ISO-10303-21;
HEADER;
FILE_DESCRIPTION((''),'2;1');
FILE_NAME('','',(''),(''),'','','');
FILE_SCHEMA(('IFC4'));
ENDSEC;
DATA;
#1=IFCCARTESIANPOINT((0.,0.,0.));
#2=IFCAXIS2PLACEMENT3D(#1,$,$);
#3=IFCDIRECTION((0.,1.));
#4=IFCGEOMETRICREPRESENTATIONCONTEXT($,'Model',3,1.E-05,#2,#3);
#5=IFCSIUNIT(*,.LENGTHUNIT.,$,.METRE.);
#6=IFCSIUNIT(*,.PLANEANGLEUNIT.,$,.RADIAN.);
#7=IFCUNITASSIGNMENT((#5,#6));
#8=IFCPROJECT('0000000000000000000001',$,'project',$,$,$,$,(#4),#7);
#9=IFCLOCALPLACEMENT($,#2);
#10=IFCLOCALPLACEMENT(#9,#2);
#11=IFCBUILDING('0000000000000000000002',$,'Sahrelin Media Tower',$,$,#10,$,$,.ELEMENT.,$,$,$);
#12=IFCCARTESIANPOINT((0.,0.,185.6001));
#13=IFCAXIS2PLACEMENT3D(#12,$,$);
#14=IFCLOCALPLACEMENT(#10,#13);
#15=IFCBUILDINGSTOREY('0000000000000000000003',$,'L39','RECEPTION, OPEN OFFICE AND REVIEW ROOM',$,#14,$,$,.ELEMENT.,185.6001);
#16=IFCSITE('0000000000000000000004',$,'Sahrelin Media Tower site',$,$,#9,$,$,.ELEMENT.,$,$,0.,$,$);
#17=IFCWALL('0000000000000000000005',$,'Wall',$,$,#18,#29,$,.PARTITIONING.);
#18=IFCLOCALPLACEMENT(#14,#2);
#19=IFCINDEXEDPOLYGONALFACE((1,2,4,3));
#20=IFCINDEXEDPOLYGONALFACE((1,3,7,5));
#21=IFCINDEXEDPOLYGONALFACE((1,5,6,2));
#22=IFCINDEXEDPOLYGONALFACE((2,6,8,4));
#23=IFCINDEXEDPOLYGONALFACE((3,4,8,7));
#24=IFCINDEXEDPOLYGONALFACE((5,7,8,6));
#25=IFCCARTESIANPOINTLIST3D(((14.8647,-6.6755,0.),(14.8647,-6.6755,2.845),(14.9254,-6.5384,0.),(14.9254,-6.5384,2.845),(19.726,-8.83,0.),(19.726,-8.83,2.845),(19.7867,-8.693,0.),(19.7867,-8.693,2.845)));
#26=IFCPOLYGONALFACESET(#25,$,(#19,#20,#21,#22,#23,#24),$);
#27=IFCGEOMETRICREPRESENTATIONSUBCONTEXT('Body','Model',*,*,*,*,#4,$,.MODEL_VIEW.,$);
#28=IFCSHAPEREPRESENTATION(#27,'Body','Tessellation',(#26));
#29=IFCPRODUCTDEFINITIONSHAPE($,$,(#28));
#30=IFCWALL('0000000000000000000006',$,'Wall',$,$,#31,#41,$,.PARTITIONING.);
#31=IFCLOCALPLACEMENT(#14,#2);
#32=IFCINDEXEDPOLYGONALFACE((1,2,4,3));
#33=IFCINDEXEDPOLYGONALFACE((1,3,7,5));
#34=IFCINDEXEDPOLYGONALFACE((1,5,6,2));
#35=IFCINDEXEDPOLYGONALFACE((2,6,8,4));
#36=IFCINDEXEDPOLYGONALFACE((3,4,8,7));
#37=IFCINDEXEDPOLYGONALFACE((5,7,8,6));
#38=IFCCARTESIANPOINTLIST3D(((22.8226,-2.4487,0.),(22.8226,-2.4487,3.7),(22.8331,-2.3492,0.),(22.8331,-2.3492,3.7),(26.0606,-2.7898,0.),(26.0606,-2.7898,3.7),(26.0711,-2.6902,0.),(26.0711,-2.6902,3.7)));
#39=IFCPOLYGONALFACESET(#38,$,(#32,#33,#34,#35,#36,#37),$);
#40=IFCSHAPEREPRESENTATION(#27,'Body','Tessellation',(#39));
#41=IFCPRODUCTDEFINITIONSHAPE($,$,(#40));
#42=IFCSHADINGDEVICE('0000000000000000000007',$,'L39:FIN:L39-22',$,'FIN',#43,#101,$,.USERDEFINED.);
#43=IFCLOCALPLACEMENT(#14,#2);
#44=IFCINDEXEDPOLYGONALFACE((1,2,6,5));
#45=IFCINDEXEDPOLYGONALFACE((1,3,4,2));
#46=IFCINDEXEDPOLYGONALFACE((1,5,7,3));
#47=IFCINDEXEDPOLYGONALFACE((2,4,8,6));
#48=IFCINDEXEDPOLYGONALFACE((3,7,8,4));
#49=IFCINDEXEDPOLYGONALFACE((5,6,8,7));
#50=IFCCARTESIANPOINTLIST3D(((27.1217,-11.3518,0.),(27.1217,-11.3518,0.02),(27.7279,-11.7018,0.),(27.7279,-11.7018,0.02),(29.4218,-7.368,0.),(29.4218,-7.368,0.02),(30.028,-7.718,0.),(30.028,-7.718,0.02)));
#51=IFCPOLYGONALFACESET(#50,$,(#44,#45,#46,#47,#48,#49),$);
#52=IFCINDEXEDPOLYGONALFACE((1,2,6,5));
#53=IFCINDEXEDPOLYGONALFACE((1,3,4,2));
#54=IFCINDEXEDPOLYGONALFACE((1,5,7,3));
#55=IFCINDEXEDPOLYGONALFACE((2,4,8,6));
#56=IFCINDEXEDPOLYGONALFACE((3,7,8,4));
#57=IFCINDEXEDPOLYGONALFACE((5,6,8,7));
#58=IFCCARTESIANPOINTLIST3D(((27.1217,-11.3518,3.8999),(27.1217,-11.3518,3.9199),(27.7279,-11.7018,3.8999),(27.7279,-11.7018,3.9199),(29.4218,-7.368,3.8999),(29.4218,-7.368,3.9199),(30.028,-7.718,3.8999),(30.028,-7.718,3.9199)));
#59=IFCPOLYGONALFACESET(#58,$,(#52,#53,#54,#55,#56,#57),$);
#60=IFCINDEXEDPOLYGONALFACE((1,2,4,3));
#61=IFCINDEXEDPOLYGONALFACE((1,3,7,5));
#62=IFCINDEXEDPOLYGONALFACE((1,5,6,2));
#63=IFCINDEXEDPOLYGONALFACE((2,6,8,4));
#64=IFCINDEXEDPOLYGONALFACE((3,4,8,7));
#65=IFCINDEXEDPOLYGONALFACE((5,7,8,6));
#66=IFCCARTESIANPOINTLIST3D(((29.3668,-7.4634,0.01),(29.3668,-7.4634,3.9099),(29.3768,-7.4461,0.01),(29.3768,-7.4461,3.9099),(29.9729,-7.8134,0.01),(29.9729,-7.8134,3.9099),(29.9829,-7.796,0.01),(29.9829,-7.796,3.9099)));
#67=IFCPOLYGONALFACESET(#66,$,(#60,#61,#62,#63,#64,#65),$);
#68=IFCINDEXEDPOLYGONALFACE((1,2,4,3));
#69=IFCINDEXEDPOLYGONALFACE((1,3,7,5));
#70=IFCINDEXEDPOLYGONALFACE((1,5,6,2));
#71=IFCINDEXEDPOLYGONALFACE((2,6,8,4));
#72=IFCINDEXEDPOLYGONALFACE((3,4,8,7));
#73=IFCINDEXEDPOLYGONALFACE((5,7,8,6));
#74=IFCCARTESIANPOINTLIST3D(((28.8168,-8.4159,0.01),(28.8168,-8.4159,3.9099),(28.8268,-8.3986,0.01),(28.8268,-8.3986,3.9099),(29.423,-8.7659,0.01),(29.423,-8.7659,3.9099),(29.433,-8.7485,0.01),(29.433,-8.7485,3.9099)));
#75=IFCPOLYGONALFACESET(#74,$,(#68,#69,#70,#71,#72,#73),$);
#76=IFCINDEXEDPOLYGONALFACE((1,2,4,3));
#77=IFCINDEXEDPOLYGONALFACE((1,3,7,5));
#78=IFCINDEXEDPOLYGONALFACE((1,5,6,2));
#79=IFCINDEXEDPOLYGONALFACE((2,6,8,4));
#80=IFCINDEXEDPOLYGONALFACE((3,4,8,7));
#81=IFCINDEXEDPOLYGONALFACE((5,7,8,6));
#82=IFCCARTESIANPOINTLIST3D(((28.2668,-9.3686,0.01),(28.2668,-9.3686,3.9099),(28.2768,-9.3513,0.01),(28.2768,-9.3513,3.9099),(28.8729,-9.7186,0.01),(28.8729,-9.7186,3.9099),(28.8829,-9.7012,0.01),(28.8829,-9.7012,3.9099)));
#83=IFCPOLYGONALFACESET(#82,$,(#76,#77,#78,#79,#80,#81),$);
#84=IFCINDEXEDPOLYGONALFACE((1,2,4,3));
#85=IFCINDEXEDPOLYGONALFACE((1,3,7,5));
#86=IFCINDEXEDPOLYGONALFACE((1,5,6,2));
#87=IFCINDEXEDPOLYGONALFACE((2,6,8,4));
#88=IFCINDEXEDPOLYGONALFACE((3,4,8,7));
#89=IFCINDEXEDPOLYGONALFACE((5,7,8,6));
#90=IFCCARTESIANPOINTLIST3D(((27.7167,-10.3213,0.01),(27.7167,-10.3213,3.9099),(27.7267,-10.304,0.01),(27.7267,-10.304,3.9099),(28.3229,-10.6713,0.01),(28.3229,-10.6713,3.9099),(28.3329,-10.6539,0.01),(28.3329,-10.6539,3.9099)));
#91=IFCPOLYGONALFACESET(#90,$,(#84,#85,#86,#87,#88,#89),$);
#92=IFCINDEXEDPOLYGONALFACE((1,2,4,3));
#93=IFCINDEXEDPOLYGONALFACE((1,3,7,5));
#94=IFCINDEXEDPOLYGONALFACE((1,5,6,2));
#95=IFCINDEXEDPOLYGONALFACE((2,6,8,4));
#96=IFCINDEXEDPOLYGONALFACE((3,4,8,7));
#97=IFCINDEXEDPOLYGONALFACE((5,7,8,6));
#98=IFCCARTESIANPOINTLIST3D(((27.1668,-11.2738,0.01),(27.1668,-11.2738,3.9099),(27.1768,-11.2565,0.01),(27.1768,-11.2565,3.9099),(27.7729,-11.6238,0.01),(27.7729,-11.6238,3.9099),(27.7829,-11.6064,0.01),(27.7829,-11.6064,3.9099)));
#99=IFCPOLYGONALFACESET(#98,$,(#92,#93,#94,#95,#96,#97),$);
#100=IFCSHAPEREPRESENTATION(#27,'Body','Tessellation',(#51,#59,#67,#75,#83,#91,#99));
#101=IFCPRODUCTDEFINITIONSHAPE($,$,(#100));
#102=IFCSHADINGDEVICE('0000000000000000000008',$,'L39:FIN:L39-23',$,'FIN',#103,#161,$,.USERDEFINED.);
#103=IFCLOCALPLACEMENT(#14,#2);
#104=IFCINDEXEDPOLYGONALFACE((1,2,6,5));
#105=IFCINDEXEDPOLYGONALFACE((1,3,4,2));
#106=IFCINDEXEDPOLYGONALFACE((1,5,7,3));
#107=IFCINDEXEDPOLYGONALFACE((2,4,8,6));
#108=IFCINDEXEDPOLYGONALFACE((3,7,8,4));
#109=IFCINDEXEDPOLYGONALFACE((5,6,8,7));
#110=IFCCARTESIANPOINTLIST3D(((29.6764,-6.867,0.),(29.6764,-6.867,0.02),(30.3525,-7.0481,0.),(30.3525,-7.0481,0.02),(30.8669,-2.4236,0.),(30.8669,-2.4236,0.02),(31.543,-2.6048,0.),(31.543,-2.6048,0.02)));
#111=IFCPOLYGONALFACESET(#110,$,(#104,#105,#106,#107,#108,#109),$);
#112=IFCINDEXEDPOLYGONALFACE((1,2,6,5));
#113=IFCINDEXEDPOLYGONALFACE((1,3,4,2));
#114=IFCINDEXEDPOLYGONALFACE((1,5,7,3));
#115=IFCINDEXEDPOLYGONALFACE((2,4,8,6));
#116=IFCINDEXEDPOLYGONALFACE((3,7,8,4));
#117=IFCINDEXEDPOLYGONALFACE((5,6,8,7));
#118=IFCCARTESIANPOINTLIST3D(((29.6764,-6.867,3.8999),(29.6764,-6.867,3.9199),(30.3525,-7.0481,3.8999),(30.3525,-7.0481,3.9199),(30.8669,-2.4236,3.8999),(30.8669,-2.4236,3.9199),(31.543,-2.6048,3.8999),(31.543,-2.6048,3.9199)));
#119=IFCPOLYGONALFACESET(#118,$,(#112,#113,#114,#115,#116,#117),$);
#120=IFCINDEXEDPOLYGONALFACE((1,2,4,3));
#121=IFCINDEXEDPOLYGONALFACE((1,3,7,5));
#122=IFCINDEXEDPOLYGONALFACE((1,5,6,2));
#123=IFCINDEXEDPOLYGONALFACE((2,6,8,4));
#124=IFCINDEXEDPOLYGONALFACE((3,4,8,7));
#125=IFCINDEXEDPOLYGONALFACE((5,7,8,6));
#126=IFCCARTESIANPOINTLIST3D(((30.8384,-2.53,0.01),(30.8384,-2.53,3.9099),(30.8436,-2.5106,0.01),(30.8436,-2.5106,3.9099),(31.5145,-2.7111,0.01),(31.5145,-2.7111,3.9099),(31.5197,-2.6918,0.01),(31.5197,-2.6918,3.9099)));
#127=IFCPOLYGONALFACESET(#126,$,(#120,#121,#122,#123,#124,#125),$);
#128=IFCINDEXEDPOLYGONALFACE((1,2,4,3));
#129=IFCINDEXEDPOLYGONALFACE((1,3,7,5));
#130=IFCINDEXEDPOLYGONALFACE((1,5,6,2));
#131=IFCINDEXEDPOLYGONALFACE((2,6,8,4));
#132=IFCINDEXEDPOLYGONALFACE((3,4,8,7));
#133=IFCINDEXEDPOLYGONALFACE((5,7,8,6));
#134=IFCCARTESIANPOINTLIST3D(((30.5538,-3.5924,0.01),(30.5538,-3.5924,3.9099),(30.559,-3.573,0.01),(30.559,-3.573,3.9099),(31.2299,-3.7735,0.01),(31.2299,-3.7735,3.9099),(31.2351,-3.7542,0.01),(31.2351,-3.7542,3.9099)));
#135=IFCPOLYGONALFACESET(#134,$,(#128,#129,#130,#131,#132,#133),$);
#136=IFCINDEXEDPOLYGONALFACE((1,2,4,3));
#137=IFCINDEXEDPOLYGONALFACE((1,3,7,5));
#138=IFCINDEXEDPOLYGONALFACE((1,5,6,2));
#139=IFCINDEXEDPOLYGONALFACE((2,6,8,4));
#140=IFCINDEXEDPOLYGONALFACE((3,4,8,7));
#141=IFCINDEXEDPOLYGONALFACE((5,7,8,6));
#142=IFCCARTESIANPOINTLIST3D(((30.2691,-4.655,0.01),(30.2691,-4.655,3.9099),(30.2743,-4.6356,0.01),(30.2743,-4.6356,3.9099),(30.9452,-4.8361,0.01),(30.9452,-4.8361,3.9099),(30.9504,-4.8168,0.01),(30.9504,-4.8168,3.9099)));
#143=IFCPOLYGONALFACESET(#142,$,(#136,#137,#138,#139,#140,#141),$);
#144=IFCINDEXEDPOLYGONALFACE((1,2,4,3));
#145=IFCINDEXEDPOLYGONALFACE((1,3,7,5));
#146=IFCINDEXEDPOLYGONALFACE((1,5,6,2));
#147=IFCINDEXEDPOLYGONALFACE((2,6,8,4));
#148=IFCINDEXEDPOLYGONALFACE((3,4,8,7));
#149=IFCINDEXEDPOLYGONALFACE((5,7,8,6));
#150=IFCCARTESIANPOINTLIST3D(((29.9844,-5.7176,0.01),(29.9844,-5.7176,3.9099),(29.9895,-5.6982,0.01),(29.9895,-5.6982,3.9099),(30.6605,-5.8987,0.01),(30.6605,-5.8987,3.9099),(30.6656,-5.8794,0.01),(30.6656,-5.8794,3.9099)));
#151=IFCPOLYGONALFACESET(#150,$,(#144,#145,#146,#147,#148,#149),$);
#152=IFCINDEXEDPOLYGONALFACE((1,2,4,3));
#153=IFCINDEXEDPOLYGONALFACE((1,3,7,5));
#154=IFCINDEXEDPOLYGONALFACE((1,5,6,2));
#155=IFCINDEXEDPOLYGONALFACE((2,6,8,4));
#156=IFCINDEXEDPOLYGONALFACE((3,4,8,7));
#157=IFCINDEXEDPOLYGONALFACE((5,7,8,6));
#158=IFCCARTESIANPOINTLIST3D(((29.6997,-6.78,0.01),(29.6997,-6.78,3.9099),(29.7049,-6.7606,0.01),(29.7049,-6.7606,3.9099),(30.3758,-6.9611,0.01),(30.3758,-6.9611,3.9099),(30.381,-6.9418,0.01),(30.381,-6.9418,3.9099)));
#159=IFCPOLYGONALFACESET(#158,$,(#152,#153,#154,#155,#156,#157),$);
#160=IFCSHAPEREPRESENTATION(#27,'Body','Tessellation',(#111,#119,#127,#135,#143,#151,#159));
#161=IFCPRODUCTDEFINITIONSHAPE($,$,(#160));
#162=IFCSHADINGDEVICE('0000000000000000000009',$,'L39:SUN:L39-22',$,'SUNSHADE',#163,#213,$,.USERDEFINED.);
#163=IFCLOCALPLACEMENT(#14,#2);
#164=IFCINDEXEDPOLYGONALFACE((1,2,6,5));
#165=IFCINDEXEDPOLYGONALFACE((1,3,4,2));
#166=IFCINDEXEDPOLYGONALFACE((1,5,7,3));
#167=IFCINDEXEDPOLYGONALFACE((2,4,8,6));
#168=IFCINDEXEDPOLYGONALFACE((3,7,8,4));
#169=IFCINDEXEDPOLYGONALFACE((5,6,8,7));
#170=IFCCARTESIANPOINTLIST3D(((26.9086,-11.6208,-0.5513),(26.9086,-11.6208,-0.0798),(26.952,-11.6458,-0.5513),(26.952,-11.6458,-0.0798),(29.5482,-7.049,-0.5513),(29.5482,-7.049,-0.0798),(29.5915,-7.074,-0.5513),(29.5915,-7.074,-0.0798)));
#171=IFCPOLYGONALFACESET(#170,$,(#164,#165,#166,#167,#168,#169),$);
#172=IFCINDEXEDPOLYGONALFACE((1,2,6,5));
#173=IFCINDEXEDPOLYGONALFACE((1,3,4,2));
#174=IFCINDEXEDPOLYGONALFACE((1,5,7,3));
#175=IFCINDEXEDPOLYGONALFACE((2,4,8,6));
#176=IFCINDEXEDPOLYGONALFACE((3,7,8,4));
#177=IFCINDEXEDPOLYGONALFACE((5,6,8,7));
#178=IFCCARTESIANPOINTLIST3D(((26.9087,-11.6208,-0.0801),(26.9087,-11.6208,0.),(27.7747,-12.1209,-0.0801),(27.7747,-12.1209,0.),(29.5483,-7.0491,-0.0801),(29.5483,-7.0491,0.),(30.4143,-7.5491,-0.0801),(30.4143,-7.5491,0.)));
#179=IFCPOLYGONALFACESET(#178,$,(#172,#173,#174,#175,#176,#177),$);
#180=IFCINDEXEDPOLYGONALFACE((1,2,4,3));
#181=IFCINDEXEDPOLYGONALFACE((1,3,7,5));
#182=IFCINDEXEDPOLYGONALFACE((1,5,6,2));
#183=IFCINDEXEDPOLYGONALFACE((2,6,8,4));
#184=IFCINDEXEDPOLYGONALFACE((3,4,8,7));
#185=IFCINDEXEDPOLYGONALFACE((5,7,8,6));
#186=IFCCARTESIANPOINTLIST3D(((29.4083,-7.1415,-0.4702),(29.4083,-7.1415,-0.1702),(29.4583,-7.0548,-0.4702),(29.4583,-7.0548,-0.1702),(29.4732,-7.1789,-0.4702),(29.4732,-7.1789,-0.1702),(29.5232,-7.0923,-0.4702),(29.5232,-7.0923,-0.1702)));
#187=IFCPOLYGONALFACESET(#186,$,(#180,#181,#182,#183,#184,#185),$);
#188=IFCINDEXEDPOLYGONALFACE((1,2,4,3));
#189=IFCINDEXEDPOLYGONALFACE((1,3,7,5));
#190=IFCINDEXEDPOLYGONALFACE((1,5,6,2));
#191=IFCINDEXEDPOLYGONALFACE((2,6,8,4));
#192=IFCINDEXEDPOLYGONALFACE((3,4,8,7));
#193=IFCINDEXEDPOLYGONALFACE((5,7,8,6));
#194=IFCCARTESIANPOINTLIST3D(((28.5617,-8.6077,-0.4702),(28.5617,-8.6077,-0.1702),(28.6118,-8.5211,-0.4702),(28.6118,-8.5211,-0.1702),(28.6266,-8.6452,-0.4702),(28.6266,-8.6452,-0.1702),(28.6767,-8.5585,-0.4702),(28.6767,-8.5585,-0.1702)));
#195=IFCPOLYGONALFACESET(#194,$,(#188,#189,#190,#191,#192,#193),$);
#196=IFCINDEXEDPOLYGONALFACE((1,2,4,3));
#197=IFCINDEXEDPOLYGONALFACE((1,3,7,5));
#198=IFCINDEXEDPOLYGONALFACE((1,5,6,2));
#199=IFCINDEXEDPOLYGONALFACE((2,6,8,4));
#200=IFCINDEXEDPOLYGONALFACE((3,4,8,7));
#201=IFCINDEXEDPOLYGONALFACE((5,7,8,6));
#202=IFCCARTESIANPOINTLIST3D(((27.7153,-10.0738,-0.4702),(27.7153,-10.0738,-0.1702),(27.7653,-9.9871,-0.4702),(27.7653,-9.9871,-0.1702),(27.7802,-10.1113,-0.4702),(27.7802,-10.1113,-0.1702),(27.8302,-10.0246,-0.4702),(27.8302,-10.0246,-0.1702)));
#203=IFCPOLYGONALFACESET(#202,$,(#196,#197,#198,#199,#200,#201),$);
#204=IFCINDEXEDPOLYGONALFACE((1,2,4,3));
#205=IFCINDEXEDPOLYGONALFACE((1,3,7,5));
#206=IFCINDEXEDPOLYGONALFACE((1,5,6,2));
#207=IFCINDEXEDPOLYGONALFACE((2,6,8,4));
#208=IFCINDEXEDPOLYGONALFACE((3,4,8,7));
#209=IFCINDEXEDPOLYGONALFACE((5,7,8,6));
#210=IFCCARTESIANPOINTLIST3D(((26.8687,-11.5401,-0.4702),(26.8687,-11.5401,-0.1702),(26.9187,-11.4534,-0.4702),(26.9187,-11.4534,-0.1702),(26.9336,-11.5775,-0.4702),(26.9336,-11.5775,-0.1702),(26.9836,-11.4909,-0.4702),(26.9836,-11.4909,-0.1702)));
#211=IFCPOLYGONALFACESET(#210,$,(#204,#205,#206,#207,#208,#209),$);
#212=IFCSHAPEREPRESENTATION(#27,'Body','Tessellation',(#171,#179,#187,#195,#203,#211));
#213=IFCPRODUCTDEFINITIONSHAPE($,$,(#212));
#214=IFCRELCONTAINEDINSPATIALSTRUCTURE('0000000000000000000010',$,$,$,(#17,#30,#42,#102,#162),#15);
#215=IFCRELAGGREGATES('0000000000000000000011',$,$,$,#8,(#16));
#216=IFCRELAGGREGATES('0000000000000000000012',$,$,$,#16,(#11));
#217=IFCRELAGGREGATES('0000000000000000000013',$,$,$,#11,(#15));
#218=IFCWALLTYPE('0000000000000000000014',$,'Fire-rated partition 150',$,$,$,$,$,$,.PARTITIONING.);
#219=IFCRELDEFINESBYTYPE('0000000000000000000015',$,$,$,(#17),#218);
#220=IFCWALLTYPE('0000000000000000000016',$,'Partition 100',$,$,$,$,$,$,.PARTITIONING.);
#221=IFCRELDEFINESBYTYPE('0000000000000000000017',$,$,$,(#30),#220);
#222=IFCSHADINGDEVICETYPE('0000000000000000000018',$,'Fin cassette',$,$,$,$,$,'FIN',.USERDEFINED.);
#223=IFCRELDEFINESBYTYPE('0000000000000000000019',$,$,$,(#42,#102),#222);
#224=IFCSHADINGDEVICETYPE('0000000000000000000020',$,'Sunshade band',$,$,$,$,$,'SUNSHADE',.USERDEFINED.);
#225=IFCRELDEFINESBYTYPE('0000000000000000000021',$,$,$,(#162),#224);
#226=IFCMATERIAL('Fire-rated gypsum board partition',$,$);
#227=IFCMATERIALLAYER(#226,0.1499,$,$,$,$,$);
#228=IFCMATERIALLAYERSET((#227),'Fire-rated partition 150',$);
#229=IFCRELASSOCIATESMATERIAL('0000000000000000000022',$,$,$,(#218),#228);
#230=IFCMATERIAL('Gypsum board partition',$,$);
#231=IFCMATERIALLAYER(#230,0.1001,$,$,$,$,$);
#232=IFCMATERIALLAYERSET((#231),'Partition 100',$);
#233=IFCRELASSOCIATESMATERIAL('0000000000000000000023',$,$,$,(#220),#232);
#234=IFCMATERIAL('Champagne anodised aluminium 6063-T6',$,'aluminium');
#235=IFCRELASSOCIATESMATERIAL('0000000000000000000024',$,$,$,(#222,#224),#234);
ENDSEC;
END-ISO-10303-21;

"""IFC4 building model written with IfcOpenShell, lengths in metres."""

from ifc_helpers import new_model, si_unit, direction, frame, frame_2d, origin, origin_2d, place, context, subcontext, project, spatial, rectangle, extrude, material, layer, layer_set, type_object, element, save


model = new_model("IFC4")

# Units and contexts
model_context = context("Model", 3, precision=1e-05, world=origin(), true_north=direction((0.0, 1.0)))
body_context = subcontext(model_context, "Body", "Model", "MODEL_VIEW")
ifc_project = project(units=[si_unit("LENGTHUNIT", "METRE"), si_unit("PLANEANGLEUNIT", "RADIAN")], contexts=[model_context])

# Site, building, storey
site_placement = place(None, origin())
site = spatial("IfcSite", under=ifc_project, at=site_placement, Name="Sahrelin Media Tower site", CompositionType="ELEMENT", RefElevation=0.0)
building_placement = place(site_placement, origin())
building = spatial("IfcBuilding", under=site, at=building_placement, Name="Sahrelin Media Tower", CompositionType="ELEMENT")
storey_placement = place(building_placement, frame((0.0, 0.0, 185.6001)))
storey = spatial("IfcBuildingStorey", under=building, at=storey_placement, Name="L39", Description="RECEPTION, OPEN OFFICE AND REVIEW ROOM", CompositionType="ELEMENT", Elevation=185.6001)

# Shared definitions
ifc_material_1 = material(Name="Champagne anodised aluminium 6063-T6", Category="aluminium")

# Walls
ifc_material_2 = material(Name="Fire-rated gypsum board partition")
ifc_layer_1 = layer(ifc_material_2, 0.1499)
ifc_layer_set_1 = layer_set([ifc_layer_1], Name="Fire-rated partition 150")
wall_type_1 = type_object("IfcWallType", Name="Fire-rated partition 150", PredefinedType="PARTITIONING", material=ifc_layer_set_1)
wall_1_placement = place(storey_placement, frame((14.895, -6.6069, 0.0), z_axis=(0.0, 0.0, 1.0), x_axis=(0.914233, -0.405188, 0.0)))
element("IfcWall", 1, at=wall_1_placement, inside=storey, type_object=wall_type_1, Name="Wall", PredefinedType="PARTITIONING", context=body_context, shape_type="SweptSolid", body=[
    extrude(rectangle(XDim=5.3174, YDim=0.1499, at=frame_2d((2.6587, 0.0))), origin(), (0.0, 0.0, 1.0), 2.845),
])
ifc_material_3 = material(Name="Gypsum board partition")
ifc_layer_2 = layer(ifc_material_3, 0.1001)
ifc_layer_set_2 = layer_set([ifc_layer_2], Name="Partition 100")
wall_type_2 = type_object("IfcWallType", Name="Partition 100", PredefinedType="PARTITIONING", material=ifc_layer_set_2)
wall_2_placement = place(storey_placement, frame((22.8279, -2.3989, 0.0), z_axis=(0.0, 0.0, 1.0), x_axis=(0.994498, -0.104751, 0.0)))
element("IfcWall", 2, at=wall_2_placement, inside=storey, type_object=wall_type_2, Name="Wall", PredefinedType="PARTITIONING", context=body_context, shape_type="SweptSolid", body=[
    extrude(rectangle(XDim=3.2559, YDim=0.1001, at=frame_2d((1.6279, 0.0))), origin(), (0.0, 0.0, 1.0), 3.7),
])

# Shading devices
shading_device_type_1 = type_object("IfcShadingDeviceType", Name="Fin cassette", ElementType="FIN", PredefinedType="USERDEFINED", material=ifc_material_1)
placement_1 = place(storey_placement, frame((28.2112, -9.325, 0.0), z_axis=(0.0, 0.0, 1.0), x_axis=(-0.500011, -0.866019, 0.0)))
element("IfcShadingDevice", 3, at=placement_1, inside=storey, type_object=shading_device_type_1, Name="L39:FIN:L39-22", ObjectType="FIN", PredefinedType="USERDEFINED", context=body_context, shape_type="SweptSolid", body=[
    extrude(rectangle(XDim=4.6001, YDim=0.7, at=origin_2d()), frame((0.0, 0.4199, 0.0)), (0.0, 0.0, 1.0), 0.02),
    extrude(rectangle(XDim=4.6001, YDim=0.7, at=origin_2d()), frame((0.0, 0.4199, 3.8999)), (0.0, 0.0, 1.0), 0.02),
    extrude(rectangle(XDim=0.02, YDim=0.7, at=origin_2d()), frame((-2.2, 0.4199, 0.01), z_axis=(0.0, 0.0, 1.0), x_axis=(1.0, 0.0, 0.0)), (0.0, 0.0, 1.0), 3.8999),
    extrude(rectangle(XDim=0.02, YDim=0.7, at=origin_2d()), frame((-1.1001, 0.4199, 0.01), z_axis=(0.0, 0.0, 1.0), x_axis=(1.0, 0.0, 0.0)), (0.0, 0.0, 1.0), 3.8999),
    extrude(rectangle(XDim=0.02, YDim=0.7, at=origin_2d()), frame((0.0, 0.4199, 0.01), z_axis=(0.0, 0.0, 1.0), x_axis=(1.0, 0.0, 0.0)), (0.0, 0.0, 1.0), 3.8999),
    extrude(rectangle(XDim=0.02, YDim=0.7, at=origin_2d()), frame((1.1001, 0.4199, 0.01), z_axis=(0.0, 0.0, 1.0), x_axis=(1.0, 0.0, 0.0)), (0.0, 0.0, 1.0), 3.8999),
    extrude(rectangle(XDim=0.02, YDim=0.7, at=origin_2d()), frame((2.2, 0.4199, 0.01), z_axis=(0.0, 0.0, 1.0), x_axis=(1.0, 0.0, 0.0)), (0.0, 0.0, 1.0), 3.8999),
])
placement_2 = place(storey_placement, frame((30.2041, -4.6272, 0.0), z_axis=(0.0, 0.0, 1.0), x_axis=(-0.258808, -0.965929, 0.0)))
element("IfcShadingDevice", 4, at=placement_2, inside=storey, type_object=shading_device_type_1, Name="L39:FIN:L39-23", ObjectType="FIN", PredefinedType="USERDEFINED", context=body_context, shape_type="SweptSolid", body=[
    extrude(rectangle(XDim=4.6001, YDim=0.7, at=origin_2d()), frame((0.0, 0.4199, 0.0)), (0.0, 0.0, 1.0), 0.02),
    extrude(rectangle(XDim=4.6001, YDim=0.7, at=origin_2d()), frame((0.0, 0.4199, 3.8999)), (0.0, 0.0, 1.0), 0.02),
    extrude(rectangle(XDim=0.02, YDim=0.7, at=origin_2d()), frame((-2.2, 0.4199, 0.01), z_axis=(0.0, 0.0, 1.0), x_axis=(1.0, 0.0, 0.0)), (0.0, 0.0, 1.0), 3.8999),
    extrude(rectangle(XDim=0.02, YDim=0.7, at=origin_2d()), frame((-1.1001, 0.4199, 0.01), z_axis=(0.0, 0.0, 1.0), x_axis=(1.0, 0.0, 0.0)), (0.0, 0.0, 1.0), 3.8999),
    extrude(rectangle(XDim=0.02, YDim=0.7, at=origin_2d()), frame((0.0, 0.4199, 0.01), z_axis=(0.0, 0.0, 1.0), x_axis=(1.0, 0.0, 0.0)), (0.0, 0.0, 1.0), 3.8999),
    extrude(rectangle(XDim=0.02, YDim=0.7, at=origin_2d()), frame((1.1001, 0.4199, 0.01), z_axis=(0.0, 0.0, 1.0), x_axis=(1.0, 0.0, 0.0)), (0.0, 0.0, 1.0), 3.8999),
    extrude(rectangle(XDim=0.02, YDim=0.7, at=origin_2d()), frame((2.2, 0.4199, 0.01), z_axis=(0.0, 0.0, 1.0), x_axis=(1.0, 0.0, 0.0)), (0.0, 0.0, 1.0), 3.8999),
])
shading_device_type_2 = type_object("IfcShadingDeviceType", Name="Sunshade band", ElementType="SUNSHADE", PredefinedType="USERDEFINED", material=ifc_material_1)
element("IfcShadingDevice", 5, at=placement_1, inside=storey, type_object=shading_device_type_2, Name="L39:SUN:L39-22", ObjectType="SUNSHADE", PredefinedType="USERDEFINED", context=body_context, shape_type="SweptSolid", body=[
    extrude(rectangle(XDim=5.2791, YDim=0.05, at=origin_2d()), frame((0.0, 0.0449, -0.5513)), (0.0, 0.0, 1.0), 0.4714),
    extrude(rectangle(XDim=5.2791, YDim=1.0, at=origin_2d()), frame((0.0, 0.52, -0.0801)), (0.0, 0.0, 1.0), 0.0801),
    extrude(rectangle(XDim=0.1001, YDim=0.075, at=origin_2d()), frame((-2.5396, -0.0176, -0.4702)), (0.0, 0.0, 1.0), 0.3),
    extrude(rectangle(XDim=0.1001, YDim=0.075, at=origin_2d()), frame((-0.8464, -0.0176, -0.4702)), (0.0, 0.0, 1.0), 0.3),
    extrude(rectangle(XDim=0.1001, YDim=0.075, at=origin_2d()), frame((0.8464, -0.0176, -0.4702)), (0.0, 0.0, 1.0), 0.3),
    extrude(rectangle(XDim=0.1001, YDim=0.075, at=origin_2d()), frame((2.5396, -0.0176, -0.4702)), (0.0, 0.0, 1.0), 0.3),
])

save(model, "model.ifc")
